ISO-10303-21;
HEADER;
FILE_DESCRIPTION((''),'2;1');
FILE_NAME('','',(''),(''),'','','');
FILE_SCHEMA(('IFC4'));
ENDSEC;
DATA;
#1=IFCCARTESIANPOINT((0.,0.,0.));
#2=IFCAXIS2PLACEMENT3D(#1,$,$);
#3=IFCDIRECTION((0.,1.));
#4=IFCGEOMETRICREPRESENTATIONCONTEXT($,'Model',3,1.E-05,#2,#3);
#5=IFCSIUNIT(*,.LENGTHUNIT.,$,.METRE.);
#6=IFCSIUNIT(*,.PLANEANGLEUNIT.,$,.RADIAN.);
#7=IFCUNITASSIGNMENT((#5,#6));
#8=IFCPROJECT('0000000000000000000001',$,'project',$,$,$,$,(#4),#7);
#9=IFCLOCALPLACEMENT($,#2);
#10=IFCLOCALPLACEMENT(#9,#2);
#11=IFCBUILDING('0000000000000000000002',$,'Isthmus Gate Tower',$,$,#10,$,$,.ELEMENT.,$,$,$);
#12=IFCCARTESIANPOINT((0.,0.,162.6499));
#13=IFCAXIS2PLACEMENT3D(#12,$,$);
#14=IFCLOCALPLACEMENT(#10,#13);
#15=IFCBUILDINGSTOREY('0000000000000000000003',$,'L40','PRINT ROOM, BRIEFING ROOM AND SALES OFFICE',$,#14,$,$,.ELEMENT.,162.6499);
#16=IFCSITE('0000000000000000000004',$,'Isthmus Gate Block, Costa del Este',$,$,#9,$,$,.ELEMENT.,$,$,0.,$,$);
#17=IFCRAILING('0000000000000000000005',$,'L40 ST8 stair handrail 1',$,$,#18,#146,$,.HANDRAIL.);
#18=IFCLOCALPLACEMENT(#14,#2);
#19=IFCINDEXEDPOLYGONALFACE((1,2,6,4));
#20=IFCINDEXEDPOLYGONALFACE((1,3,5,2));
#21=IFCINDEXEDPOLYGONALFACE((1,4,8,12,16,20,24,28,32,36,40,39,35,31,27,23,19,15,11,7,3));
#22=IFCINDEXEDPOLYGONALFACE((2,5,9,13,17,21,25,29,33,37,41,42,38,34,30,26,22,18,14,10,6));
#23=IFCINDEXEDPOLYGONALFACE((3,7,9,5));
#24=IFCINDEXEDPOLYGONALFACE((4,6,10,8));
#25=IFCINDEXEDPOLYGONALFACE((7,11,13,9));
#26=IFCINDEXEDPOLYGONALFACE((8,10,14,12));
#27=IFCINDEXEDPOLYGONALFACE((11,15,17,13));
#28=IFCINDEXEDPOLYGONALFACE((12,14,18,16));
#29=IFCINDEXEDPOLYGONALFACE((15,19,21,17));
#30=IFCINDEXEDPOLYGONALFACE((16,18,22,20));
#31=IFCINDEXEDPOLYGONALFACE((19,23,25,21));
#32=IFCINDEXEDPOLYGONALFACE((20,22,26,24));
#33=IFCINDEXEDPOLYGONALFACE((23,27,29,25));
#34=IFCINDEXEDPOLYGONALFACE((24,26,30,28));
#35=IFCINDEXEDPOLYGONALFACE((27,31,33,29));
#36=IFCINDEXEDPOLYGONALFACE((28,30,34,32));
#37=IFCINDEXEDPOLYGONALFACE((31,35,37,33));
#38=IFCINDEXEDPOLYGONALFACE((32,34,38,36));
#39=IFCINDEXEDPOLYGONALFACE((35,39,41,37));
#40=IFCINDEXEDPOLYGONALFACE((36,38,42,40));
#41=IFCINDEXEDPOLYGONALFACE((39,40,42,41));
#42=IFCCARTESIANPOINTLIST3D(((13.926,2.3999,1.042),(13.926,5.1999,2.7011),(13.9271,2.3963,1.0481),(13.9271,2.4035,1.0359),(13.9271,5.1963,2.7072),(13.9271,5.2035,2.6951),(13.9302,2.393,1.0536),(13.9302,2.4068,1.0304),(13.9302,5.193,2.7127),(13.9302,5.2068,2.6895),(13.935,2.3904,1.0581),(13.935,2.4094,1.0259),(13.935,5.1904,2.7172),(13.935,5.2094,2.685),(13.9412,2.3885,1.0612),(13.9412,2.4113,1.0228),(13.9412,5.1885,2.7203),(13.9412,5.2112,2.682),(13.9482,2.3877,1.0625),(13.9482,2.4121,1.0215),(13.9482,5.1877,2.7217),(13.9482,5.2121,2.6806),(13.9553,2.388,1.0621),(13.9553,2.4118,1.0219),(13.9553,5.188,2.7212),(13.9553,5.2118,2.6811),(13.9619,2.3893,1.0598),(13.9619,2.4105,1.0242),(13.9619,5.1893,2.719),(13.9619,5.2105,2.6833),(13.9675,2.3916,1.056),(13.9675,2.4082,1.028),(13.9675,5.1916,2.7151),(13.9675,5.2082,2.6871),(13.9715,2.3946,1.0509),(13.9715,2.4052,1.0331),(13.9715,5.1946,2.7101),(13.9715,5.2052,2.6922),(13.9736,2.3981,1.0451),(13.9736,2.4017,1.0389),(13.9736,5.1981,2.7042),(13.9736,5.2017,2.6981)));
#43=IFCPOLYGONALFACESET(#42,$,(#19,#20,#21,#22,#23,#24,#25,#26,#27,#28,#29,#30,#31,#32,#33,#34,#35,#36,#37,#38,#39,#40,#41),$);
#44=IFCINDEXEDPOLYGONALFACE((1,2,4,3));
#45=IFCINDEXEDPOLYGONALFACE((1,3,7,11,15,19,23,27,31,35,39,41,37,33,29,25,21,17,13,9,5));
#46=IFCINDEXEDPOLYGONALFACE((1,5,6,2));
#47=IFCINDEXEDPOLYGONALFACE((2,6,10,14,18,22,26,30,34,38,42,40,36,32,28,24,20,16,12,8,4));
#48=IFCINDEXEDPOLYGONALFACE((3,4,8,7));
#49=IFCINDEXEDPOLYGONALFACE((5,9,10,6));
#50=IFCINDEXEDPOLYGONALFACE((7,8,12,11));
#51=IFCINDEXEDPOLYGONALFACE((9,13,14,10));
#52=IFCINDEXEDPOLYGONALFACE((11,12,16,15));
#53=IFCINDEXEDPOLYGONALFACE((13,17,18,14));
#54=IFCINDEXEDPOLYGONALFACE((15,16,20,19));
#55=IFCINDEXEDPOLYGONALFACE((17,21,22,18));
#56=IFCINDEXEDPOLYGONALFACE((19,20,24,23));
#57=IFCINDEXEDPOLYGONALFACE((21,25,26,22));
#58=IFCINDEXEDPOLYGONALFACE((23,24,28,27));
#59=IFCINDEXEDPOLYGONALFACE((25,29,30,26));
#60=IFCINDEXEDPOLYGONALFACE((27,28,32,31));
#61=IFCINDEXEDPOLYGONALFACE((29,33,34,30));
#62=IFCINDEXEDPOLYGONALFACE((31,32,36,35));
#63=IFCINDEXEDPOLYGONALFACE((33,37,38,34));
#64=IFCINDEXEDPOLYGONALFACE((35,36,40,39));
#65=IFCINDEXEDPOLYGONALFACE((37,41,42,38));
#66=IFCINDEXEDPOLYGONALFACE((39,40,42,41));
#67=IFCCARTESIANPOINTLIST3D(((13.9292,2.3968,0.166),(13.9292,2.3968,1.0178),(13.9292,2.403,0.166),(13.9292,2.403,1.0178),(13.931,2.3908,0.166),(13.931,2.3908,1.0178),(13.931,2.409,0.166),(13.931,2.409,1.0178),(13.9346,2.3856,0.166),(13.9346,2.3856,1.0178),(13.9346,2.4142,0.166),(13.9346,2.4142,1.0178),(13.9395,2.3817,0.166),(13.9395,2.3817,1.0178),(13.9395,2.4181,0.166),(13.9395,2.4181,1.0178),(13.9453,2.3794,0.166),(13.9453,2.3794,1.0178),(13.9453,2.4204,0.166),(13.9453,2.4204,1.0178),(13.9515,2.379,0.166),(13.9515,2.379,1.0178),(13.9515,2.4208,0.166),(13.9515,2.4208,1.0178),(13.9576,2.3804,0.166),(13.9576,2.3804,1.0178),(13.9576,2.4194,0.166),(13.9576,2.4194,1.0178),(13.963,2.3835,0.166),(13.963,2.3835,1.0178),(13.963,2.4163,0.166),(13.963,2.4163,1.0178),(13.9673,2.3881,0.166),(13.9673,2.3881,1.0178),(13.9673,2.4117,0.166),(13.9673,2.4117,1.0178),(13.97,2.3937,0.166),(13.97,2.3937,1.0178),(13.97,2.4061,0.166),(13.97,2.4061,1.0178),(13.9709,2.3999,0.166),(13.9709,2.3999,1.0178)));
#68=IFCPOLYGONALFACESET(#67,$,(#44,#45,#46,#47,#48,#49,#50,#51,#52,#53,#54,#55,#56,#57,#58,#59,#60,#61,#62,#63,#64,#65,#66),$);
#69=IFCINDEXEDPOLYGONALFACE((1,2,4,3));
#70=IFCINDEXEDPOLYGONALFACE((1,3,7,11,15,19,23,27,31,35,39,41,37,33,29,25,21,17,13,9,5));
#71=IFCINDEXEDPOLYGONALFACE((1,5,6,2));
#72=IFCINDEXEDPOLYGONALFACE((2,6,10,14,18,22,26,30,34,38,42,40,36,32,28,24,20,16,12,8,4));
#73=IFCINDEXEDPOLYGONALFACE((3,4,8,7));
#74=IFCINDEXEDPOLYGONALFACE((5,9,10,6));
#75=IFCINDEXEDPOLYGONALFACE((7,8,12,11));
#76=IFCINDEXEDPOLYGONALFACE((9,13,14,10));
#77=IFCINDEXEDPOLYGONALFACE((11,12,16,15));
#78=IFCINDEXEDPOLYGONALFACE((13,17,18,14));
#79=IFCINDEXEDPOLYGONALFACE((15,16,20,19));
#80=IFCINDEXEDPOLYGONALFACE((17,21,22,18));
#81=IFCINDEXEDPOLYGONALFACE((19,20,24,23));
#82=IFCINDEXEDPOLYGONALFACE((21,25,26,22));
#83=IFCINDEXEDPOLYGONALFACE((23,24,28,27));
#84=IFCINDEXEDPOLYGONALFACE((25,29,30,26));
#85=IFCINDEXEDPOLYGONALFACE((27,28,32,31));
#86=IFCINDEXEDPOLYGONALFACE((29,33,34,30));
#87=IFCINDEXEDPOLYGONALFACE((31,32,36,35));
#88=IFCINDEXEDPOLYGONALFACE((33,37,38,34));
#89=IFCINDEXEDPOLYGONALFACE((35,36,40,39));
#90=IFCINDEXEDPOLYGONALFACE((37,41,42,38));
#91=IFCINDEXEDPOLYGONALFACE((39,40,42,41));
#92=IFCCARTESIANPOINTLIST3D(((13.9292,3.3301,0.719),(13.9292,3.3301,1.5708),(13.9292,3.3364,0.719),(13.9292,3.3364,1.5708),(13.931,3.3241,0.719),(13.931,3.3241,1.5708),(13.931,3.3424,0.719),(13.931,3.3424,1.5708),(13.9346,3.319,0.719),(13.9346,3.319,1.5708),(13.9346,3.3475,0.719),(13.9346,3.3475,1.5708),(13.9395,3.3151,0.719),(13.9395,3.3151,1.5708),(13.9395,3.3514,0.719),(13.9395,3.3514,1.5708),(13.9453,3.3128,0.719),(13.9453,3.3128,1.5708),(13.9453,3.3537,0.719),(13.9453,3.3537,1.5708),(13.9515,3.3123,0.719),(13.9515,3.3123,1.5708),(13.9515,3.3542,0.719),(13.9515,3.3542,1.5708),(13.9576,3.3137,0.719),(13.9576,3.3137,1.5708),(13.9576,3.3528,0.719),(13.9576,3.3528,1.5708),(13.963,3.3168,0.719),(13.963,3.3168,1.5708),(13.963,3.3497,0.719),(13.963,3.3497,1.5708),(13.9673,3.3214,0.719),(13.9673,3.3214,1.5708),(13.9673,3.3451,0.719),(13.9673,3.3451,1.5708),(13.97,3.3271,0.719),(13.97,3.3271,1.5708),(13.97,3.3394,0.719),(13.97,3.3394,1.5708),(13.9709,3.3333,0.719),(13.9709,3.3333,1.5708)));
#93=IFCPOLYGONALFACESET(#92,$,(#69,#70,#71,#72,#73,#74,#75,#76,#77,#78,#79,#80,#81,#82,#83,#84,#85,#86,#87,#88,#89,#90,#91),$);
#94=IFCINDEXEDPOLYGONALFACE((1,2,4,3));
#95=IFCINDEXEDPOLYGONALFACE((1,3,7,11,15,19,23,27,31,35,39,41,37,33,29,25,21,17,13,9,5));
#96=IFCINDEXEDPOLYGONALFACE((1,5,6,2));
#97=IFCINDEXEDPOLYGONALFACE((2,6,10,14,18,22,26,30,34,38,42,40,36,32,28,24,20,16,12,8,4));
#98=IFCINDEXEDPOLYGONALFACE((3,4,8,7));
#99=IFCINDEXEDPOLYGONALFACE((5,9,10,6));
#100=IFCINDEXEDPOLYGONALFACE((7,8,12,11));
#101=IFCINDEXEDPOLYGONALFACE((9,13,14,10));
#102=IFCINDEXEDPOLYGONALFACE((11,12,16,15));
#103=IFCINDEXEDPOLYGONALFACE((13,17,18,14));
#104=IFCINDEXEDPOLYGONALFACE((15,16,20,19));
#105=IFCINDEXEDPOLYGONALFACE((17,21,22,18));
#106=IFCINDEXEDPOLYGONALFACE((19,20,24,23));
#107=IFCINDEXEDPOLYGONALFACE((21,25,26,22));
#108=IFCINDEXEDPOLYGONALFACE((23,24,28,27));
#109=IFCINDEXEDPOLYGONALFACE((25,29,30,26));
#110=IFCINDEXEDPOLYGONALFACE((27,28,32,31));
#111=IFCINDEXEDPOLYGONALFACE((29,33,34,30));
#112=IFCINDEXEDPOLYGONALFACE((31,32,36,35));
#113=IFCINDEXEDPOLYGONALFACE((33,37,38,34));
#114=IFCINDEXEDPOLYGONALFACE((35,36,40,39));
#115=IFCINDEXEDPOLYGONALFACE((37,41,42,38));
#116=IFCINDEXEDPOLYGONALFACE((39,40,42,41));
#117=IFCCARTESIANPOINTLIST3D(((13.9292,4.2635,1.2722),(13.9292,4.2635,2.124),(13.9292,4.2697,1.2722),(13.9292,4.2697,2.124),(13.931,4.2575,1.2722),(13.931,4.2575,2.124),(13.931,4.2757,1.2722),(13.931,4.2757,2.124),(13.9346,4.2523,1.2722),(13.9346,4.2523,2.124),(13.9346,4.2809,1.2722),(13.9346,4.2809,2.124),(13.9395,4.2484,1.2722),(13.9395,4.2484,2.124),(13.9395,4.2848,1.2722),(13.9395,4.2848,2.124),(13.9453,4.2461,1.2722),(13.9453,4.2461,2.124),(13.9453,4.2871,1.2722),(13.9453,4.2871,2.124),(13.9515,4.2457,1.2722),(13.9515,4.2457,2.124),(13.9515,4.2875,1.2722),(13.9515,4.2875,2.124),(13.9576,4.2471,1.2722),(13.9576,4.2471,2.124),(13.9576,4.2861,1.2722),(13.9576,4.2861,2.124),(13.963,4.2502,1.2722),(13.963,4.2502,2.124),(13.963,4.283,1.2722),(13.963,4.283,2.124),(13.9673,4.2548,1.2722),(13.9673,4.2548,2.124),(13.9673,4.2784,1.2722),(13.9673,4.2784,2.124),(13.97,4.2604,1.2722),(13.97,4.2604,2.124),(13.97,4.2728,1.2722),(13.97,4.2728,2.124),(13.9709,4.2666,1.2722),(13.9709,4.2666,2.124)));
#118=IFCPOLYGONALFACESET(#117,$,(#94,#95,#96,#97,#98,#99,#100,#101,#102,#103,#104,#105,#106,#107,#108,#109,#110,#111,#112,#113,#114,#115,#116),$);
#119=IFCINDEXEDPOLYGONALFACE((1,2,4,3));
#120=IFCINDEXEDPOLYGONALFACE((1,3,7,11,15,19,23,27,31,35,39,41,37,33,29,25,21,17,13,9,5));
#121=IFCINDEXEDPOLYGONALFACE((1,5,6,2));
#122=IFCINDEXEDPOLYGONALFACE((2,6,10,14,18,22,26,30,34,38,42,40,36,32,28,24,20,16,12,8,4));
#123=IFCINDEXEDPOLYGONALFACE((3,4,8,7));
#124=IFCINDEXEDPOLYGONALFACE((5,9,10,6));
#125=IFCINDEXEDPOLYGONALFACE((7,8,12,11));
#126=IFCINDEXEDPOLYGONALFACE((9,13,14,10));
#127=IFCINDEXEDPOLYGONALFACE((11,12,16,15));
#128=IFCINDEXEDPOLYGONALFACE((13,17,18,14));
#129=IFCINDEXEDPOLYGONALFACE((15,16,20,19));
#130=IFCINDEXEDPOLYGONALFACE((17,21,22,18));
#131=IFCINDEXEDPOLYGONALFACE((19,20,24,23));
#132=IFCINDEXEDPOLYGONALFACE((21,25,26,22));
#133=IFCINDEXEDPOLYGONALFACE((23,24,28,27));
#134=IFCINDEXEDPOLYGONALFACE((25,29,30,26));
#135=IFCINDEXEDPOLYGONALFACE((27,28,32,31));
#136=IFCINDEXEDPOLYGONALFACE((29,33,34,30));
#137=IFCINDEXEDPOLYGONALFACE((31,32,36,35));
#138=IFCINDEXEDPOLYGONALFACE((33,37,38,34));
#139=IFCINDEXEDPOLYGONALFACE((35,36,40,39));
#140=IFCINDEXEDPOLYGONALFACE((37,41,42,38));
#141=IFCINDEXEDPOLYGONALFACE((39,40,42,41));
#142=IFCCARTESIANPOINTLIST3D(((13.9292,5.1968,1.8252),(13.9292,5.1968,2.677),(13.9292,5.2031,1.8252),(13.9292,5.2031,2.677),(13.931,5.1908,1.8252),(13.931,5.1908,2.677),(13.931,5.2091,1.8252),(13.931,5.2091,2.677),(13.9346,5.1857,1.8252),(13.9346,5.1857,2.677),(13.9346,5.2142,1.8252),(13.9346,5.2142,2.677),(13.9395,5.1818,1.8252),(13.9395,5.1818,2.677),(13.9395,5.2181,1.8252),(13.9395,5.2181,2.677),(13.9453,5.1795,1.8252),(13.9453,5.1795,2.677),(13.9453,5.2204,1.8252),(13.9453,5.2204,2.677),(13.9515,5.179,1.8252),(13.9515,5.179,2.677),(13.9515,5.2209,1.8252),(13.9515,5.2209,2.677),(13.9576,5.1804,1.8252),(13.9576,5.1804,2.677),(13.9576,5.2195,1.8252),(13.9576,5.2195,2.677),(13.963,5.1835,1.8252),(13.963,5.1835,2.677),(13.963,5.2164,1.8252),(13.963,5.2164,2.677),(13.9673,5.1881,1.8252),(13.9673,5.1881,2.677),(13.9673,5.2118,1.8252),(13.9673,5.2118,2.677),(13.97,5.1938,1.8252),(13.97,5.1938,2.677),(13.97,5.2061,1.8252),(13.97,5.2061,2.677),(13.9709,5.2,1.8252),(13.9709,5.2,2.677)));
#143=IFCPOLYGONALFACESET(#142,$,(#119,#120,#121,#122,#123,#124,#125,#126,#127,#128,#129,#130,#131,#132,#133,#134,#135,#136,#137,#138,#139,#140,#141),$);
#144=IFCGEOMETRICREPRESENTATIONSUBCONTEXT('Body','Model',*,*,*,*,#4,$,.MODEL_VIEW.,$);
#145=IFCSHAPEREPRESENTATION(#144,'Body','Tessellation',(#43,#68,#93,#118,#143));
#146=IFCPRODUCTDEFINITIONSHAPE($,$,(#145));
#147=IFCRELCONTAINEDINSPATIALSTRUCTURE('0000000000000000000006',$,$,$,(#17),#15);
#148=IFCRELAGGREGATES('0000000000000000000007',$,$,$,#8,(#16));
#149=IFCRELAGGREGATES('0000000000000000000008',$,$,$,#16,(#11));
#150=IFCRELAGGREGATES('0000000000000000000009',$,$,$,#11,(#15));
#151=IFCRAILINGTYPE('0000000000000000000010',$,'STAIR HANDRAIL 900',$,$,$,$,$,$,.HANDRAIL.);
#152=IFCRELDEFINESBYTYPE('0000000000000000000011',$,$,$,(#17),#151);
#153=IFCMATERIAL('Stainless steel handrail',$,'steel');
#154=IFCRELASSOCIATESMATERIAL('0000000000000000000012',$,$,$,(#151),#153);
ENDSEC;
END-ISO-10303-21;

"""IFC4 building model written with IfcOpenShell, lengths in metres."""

from ifc_helpers import new_model, si_unit, direction, frame, origin, origin_2d, place, context, subcontext, project, spatial, circle, extrude, material, type_object, element, save


model = new_model("IFC4")

# Units and contexts
model_context = context("Model", 3, precision=1e-05, world=origin(), true_north=direction((0.0, 1.0)))
body_context = subcontext(model_context, "Body", "Model", "MODEL_VIEW")
ifc_project = project(units=[si_unit("LENGTHUNIT", "METRE"), si_unit("PLANEANGLEUNIT", "RADIAN")], contexts=[model_context])

# Site, building, storey
site_placement = place(None, origin())
site = spatial("IfcSite", under=ifc_project, at=site_placement, Name="Isthmus Gate Block, Costa del Este", CompositionType="ELEMENT", RefElevation=0.0)
building_placement = place(site_placement, origin())
building = spatial("IfcBuilding", under=site, at=building_placement, Name="Isthmus Gate Tower", CompositionType="ELEMENT")
storey_placement = place(building_placement, frame((0.0, 0.0, 162.6499)))
storey = spatial("IfcBuildingStorey", under=building, at=storey_placement, Name="L40", Description="PRINT ROOM, BRIEFING ROOM AND SALES OFFICE", CompositionType="ELEMENT", Elevation=162.6499)

# Railing
ifc_material_1 = material(Name="Stainless steel handrail", Category="steel")
railing_type_1 = type_object("IfcRailingType", Name="STAIR HANDRAIL 900", PredefinedType="HANDRAIL", material=ifc_material_1)
railing_1_placement = place(storey_placement, frame((13.95, 2.3999, 0.166)))
element("IfcRailing", 1, at=railing_1_placement, inside=storey, type_object=railing_type_1, Name="L40 ST8 stair handrail 1", PredefinedType="HANDRAIL", context=body_context, shape_type="SweptSolid", body=[
    extrude(circle(Radius=0.0239, at=origin_2d()), frame((0.0, 0.0, 0.876), z_axis=(0.0, 0.860306, 0.509778), x_axis=(-1.0, 0.0, 0.0)), (0.0, 0.0, 1.0), 3.2546),
    extrude(circle(Radius=0.021, at=origin_2d()), origin(), (0.0, 0.0, 1.0), 0.8518),
    extrude(circle(Radius=0.021, at=origin_2d()), frame((0.0, 0.9333, 0.553)), (0.0, 0.0, 1.0), 0.8518),
    extrude(circle(Radius=0.021, at=origin_2d()), frame((0.0, 1.8667, 1.1062)), (0.0, 0.0, 1.0), 0.8518),
    extrude(circle(Radius=0.021, at=origin_2d()), frame((0.0, 2.8, 1.6592)), (0.0, 0.0, 1.0), 0.8518),
])

save(model, "model.ifc")
